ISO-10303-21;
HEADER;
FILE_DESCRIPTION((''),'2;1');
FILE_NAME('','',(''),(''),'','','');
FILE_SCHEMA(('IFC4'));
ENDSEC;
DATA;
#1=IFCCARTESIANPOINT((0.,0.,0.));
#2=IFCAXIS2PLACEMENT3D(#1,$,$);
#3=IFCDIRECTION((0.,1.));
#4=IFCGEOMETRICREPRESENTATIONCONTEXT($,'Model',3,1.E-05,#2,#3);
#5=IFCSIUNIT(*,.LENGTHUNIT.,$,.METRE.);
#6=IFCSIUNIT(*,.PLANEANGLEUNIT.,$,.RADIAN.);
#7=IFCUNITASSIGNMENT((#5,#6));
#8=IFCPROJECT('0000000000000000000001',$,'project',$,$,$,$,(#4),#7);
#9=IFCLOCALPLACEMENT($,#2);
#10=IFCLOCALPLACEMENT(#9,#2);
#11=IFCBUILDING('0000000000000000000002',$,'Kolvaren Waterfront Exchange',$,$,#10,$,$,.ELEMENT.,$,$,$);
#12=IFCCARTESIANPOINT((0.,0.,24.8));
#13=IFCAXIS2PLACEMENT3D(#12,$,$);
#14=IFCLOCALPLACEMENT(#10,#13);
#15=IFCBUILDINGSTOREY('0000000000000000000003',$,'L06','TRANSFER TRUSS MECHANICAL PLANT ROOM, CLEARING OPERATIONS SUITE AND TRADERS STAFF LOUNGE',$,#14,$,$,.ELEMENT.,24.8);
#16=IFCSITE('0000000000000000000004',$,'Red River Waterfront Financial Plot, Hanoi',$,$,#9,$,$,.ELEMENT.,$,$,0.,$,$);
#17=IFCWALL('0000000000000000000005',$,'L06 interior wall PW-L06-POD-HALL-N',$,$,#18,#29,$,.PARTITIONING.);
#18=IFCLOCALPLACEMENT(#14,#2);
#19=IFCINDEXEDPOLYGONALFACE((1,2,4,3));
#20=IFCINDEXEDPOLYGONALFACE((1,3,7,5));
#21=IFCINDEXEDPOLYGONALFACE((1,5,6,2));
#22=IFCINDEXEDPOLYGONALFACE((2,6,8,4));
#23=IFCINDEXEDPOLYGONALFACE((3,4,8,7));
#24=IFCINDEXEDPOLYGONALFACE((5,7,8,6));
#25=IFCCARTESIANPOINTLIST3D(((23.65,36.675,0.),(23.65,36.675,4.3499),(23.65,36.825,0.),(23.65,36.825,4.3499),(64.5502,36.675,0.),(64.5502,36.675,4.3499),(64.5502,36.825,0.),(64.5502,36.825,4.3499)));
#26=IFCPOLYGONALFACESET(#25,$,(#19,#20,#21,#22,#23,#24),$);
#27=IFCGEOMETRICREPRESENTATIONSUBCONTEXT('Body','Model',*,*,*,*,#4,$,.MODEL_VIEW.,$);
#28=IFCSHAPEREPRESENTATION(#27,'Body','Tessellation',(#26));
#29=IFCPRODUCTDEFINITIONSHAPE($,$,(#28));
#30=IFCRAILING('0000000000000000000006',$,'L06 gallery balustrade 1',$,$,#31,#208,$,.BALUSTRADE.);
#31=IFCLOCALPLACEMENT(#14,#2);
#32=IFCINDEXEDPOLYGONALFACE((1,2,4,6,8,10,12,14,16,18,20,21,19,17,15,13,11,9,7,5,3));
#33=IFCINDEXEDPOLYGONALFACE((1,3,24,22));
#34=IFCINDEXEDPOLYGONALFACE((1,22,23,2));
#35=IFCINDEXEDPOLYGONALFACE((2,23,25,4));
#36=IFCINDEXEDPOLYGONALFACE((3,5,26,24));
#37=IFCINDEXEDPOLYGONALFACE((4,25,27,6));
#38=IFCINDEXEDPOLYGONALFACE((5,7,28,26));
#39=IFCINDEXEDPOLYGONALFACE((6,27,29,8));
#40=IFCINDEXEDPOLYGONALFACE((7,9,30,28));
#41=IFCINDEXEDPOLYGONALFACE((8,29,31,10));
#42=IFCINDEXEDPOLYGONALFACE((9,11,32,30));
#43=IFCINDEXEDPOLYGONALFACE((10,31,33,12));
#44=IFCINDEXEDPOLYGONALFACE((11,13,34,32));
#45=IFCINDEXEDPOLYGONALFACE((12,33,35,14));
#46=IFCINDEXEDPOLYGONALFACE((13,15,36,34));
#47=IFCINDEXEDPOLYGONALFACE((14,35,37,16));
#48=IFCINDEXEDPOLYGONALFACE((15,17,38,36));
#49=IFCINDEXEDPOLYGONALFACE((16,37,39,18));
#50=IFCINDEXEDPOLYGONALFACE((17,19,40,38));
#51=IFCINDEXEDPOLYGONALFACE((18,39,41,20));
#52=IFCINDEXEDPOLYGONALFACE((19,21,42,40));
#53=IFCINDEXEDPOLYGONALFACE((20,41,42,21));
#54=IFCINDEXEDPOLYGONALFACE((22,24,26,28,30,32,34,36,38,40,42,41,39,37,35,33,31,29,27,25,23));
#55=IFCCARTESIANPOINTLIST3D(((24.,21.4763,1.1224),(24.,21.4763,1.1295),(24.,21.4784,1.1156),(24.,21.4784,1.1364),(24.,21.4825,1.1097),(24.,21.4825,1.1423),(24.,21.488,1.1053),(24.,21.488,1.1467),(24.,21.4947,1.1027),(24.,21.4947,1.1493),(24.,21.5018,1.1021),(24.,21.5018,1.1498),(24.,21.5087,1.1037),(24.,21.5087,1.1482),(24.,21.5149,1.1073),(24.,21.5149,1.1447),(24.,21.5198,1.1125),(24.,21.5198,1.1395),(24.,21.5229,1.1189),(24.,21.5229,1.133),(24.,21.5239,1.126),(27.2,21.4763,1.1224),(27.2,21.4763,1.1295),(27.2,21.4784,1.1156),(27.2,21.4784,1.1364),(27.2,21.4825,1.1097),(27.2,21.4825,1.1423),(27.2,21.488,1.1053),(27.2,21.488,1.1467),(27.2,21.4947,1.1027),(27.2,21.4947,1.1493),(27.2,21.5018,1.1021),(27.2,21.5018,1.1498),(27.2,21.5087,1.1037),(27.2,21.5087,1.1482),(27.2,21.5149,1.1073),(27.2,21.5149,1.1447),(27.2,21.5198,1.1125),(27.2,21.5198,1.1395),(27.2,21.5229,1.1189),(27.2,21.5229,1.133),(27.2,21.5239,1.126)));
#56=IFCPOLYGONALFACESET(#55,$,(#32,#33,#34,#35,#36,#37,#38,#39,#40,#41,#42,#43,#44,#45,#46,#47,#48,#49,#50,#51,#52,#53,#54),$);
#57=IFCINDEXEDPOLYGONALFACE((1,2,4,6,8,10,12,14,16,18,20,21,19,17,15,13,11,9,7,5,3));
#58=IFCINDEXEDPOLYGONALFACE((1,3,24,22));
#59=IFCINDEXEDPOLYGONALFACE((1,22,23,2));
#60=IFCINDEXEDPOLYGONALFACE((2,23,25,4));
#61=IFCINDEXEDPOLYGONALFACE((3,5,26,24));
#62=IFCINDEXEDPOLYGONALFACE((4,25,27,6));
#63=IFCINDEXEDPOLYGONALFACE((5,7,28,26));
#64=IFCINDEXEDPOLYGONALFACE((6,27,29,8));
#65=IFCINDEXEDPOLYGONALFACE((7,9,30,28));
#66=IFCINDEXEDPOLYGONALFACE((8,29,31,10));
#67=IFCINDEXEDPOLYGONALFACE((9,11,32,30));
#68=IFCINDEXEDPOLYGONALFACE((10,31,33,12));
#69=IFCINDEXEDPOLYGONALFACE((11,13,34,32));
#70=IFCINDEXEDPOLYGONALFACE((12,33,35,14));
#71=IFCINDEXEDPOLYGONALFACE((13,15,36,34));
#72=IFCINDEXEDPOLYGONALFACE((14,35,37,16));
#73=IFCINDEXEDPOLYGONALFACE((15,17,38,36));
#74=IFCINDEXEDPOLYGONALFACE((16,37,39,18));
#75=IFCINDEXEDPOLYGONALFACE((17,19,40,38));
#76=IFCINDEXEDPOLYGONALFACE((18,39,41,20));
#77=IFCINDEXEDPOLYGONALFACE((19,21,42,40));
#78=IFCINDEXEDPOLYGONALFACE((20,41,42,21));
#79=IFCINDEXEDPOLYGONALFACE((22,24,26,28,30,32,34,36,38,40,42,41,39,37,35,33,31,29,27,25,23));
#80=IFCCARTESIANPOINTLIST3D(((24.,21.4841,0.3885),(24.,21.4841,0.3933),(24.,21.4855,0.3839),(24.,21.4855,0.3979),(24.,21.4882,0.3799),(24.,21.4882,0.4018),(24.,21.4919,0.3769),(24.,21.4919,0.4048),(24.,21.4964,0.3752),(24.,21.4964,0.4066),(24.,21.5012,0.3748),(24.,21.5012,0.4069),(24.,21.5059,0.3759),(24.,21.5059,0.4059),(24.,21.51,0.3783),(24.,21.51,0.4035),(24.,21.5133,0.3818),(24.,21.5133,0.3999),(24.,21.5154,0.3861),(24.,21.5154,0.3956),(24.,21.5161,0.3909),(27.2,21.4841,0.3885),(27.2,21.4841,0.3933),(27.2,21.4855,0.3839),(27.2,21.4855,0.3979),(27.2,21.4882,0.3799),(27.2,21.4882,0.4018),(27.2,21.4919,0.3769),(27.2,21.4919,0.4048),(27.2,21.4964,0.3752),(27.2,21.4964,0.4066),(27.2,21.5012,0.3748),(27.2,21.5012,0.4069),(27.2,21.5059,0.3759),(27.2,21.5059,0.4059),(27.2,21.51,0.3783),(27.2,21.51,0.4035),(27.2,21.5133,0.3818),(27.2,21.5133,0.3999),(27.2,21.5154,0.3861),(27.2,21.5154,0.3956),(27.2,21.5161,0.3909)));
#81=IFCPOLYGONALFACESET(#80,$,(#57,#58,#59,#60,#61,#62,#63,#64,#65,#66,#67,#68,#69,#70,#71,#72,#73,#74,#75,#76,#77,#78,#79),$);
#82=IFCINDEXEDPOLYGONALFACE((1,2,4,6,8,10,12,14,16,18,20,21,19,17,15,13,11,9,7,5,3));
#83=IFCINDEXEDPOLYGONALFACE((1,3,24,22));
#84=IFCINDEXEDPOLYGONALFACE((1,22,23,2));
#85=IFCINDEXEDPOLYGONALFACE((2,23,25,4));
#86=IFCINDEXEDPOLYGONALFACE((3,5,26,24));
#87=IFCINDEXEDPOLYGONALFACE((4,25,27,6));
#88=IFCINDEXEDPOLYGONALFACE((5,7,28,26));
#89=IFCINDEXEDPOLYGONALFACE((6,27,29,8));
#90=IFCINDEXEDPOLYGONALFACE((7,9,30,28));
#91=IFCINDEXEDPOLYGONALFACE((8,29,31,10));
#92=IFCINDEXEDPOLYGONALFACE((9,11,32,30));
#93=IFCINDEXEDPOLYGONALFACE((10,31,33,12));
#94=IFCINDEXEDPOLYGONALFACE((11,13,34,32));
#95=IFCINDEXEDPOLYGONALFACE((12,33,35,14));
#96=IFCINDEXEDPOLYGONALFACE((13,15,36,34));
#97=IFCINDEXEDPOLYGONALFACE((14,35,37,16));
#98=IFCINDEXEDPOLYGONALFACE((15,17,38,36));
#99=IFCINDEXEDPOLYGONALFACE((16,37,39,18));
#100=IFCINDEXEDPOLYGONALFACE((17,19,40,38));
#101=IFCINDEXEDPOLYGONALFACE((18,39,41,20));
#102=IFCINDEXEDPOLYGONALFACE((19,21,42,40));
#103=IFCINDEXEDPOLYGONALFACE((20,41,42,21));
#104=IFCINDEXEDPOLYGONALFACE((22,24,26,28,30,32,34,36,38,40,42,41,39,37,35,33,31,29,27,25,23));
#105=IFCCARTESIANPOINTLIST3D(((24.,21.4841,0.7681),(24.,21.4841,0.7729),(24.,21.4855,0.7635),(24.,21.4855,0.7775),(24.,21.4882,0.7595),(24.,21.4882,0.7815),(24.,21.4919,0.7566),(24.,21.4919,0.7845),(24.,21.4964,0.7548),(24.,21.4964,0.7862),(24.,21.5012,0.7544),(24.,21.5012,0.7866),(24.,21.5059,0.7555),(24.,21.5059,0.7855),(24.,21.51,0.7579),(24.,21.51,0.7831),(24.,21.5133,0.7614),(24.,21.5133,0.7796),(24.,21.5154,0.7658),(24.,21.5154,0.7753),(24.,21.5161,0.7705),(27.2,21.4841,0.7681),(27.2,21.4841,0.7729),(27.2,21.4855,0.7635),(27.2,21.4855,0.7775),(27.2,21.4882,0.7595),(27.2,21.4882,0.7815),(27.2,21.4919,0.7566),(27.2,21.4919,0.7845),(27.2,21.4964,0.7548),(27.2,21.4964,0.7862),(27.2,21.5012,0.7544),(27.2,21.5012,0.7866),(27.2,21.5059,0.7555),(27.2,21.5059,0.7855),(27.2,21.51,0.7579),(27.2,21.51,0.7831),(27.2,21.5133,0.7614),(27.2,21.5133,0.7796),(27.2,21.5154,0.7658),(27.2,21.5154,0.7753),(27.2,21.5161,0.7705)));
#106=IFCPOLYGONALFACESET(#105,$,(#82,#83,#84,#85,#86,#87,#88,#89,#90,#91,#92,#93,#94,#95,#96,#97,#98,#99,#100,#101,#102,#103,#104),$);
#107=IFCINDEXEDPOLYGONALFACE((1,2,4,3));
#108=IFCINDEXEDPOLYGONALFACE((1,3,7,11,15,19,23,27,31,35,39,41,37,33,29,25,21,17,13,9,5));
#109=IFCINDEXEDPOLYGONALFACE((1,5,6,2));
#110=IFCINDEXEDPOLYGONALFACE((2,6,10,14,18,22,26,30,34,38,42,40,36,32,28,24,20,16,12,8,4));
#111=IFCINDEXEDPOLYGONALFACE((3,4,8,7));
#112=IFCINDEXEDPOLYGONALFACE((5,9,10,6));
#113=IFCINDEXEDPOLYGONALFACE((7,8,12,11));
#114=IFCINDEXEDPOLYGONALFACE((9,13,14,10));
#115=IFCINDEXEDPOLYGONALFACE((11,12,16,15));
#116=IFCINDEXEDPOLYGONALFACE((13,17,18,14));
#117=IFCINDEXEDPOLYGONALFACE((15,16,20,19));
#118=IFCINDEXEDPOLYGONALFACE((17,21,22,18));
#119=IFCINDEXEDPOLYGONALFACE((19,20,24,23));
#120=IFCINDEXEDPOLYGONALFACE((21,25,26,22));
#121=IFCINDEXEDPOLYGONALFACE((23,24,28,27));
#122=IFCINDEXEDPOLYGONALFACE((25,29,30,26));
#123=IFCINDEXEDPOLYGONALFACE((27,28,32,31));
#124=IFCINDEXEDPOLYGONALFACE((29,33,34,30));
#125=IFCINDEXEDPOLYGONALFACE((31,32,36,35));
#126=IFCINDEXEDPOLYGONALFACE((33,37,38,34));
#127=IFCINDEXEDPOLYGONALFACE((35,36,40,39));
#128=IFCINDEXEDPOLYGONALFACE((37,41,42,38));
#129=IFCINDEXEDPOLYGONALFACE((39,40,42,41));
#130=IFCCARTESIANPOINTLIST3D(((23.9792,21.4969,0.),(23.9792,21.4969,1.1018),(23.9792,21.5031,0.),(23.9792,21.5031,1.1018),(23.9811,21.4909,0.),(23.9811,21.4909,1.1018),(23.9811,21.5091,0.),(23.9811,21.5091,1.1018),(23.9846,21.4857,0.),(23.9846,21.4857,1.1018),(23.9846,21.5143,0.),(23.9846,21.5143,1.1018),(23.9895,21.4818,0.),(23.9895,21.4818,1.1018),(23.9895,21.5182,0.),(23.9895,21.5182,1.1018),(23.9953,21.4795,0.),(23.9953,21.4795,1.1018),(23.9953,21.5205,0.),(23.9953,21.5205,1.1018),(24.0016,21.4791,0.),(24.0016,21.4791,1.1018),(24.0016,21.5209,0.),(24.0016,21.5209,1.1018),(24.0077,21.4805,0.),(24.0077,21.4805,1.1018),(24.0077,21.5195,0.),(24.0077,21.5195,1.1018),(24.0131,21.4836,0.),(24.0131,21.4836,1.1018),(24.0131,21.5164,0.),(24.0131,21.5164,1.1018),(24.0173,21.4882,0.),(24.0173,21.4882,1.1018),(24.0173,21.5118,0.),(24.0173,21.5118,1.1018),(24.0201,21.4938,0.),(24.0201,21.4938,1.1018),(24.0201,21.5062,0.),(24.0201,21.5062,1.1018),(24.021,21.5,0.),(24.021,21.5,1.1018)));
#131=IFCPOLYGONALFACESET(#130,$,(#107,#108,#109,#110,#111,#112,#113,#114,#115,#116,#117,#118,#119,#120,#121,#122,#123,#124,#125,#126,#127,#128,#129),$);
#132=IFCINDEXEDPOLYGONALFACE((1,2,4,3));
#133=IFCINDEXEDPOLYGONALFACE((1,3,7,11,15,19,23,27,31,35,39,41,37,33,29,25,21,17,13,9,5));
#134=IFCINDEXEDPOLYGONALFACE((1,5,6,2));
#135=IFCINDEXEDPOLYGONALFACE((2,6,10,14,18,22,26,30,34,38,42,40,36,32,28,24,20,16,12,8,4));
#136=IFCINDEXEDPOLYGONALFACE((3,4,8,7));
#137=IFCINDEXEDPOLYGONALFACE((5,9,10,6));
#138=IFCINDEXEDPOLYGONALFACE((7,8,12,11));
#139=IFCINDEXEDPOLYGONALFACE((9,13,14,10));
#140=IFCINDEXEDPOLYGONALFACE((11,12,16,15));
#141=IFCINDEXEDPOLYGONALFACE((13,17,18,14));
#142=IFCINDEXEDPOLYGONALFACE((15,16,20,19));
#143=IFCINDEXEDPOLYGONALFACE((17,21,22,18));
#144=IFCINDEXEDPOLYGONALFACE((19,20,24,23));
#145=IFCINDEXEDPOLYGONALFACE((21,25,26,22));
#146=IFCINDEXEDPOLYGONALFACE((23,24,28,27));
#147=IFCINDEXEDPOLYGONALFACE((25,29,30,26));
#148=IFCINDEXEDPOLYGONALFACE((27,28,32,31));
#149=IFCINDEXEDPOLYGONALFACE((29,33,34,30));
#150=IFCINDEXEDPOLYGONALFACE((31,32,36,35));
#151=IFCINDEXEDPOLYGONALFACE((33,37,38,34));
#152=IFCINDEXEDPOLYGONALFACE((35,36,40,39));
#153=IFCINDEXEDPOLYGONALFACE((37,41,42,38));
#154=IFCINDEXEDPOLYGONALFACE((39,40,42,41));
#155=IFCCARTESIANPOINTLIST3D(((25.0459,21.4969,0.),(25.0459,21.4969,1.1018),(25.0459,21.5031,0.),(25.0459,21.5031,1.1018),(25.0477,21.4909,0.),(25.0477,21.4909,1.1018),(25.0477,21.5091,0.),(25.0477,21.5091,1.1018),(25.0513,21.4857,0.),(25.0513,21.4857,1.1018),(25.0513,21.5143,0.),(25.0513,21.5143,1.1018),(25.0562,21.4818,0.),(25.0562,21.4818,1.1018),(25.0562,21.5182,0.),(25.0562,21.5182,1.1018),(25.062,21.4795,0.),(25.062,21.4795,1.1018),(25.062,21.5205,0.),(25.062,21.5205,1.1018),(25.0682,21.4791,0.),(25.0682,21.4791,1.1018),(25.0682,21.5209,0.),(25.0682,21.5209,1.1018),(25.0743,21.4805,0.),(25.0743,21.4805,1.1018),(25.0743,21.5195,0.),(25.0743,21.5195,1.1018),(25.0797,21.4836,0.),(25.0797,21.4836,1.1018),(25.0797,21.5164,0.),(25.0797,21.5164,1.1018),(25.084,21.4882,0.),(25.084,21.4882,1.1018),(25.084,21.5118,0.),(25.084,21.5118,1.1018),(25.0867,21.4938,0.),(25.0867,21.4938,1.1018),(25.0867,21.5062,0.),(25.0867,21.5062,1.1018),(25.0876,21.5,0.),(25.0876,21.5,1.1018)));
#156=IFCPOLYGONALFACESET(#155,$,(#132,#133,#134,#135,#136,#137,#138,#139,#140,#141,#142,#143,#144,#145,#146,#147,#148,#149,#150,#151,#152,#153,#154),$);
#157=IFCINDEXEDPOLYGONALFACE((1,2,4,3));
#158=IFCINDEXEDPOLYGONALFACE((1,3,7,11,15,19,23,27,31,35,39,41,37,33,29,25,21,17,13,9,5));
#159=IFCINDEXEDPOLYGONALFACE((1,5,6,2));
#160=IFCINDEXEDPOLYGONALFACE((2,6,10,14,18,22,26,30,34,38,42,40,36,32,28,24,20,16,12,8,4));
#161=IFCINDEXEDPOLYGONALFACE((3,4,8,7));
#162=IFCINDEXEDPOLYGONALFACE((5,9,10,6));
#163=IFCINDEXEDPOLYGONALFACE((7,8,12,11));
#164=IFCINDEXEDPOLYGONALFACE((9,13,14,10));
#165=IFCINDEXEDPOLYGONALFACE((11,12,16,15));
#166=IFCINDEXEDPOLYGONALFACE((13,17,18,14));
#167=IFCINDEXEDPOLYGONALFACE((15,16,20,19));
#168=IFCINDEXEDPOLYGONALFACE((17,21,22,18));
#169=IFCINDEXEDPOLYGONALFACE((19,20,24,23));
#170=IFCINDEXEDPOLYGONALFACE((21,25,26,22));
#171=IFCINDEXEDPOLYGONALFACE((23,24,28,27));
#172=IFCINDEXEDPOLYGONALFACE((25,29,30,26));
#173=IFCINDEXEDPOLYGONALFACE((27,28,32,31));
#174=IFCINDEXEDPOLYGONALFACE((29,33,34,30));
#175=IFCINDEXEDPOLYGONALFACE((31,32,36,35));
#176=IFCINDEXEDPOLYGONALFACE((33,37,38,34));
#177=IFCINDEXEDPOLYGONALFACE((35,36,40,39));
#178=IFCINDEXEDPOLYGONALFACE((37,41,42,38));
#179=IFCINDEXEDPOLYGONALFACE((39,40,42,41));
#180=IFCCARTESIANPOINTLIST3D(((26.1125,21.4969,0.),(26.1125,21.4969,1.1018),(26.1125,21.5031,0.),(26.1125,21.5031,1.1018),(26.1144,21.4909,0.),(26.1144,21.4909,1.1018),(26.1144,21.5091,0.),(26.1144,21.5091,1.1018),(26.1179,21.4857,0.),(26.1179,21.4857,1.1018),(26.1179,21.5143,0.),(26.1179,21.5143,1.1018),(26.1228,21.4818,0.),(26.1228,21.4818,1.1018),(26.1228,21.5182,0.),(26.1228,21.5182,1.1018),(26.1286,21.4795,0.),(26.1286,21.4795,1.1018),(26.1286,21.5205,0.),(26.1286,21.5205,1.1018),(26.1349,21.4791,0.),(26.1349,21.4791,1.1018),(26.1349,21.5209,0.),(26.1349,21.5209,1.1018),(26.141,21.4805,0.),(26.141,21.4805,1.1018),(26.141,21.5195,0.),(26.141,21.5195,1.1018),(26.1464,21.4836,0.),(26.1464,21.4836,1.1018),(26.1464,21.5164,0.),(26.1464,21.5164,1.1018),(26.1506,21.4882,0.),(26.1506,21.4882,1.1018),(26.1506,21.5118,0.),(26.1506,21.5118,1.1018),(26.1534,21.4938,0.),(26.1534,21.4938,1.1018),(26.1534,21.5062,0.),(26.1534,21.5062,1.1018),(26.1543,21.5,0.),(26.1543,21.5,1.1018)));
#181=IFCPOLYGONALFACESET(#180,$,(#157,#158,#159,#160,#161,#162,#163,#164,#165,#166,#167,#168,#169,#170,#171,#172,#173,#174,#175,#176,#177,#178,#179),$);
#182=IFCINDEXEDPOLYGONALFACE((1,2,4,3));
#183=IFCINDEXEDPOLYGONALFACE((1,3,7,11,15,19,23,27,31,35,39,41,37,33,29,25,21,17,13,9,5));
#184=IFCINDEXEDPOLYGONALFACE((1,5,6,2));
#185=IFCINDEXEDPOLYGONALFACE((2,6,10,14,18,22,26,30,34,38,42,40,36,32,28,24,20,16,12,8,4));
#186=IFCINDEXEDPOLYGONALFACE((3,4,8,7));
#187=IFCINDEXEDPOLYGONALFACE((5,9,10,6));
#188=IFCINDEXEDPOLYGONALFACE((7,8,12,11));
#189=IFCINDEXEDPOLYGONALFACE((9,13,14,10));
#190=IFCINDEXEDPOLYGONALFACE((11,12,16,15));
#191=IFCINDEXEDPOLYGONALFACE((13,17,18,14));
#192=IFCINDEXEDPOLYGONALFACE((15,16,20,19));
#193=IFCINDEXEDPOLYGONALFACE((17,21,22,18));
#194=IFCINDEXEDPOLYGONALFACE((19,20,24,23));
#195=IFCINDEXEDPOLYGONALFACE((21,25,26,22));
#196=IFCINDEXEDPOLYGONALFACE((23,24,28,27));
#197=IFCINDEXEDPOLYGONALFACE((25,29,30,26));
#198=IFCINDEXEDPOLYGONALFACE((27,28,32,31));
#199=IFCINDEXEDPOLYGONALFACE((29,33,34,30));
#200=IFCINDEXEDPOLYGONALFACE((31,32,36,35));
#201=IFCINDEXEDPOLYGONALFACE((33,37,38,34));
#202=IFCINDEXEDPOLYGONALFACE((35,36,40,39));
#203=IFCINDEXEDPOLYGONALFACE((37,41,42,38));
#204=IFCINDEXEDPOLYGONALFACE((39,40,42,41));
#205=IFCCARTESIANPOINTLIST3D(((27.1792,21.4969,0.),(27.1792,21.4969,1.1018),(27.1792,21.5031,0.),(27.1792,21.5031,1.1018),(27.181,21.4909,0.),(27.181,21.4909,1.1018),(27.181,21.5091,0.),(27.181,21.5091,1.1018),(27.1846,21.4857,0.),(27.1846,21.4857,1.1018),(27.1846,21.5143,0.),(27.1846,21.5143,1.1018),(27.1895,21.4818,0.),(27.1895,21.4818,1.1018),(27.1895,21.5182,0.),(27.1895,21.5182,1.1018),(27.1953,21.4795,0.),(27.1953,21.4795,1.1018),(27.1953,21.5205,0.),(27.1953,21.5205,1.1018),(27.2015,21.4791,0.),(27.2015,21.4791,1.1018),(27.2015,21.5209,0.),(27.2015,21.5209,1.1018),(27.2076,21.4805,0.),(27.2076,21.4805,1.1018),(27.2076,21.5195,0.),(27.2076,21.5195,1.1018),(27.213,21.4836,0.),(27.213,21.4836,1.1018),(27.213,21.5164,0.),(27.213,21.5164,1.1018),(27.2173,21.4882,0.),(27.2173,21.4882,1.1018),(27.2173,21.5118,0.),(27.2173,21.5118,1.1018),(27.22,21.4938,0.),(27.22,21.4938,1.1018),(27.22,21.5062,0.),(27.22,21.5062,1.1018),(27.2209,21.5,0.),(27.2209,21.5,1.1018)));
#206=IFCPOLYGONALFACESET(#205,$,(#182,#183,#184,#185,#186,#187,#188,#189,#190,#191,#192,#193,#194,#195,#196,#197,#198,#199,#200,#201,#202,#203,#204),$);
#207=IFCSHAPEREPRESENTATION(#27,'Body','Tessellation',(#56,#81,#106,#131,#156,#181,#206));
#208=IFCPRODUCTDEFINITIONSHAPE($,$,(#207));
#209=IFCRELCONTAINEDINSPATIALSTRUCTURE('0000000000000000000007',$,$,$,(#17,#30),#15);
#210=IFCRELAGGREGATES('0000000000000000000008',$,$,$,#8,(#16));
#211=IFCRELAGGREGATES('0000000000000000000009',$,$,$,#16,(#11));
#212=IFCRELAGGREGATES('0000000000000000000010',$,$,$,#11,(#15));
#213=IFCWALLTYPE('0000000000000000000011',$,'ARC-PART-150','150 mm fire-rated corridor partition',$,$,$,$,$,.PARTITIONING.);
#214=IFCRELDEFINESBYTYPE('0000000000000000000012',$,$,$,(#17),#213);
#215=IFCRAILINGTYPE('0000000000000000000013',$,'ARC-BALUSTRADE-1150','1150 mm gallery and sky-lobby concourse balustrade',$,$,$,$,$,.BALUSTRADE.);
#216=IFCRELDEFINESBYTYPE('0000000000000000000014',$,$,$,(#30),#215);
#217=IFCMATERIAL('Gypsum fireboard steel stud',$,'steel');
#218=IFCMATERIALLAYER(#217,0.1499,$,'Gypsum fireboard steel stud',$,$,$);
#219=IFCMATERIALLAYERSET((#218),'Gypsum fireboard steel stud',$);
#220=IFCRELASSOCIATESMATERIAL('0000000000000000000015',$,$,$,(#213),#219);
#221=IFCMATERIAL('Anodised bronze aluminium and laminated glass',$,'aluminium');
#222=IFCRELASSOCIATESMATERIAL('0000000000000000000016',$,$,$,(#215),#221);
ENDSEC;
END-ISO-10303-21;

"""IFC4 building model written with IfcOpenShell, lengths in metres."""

from ifc_helpers import new_model, si_unit, direction, frame, frame_2d, origin, origin_2d, place, context, subcontext, project, spatial, rectangle, circle, extrude, material, layer, layer_set, type_object, element, save


model = new_model("IFC4")

# Units and contexts
model_context = context("Model", 3, precision=1e-05, world=origin(), true_north=direction((0.0, 1.0)))
body_context = subcontext(model_context, "Body", "Model", "MODEL_VIEW")
ifc_project = project(units=[si_unit("LENGTHUNIT", "METRE"), si_unit("PLANEANGLEUNIT", "RADIAN")], contexts=[model_context])

# Site, building, storey
site_placement = place(None, origin())
site = spatial("IfcSite", under=ifc_project, at=site_placement, Name="Red River Waterfront Financial Plot, Hanoi", CompositionType="ELEMENT", RefElevation=0.0)
building_placement = place(site_placement, origin())
building = spatial("IfcBuilding", under=site, at=building_placement, Name="Kolvaren Waterfront Exchange", CompositionType="ELEMENT")
storey_placement = place(building_placement, frame((0.0, 0.0, 24.8)))
storey = spatial("IfcBuildingStorey", under=building, at=storey_placement, Name="L06", Description="TRANSFER TRUSS MECHANICAL PLANT ROOM, CLEARING OPERATIONS SUITE AND TRADERS STAFF LOUNGE", CompositionType="ELEMENT", Elevation=24.8)

# Shared definitions
ifc_material_1 = material(Name="Gypsum fireboard steel stud", Category="steel")
ifc_layer_1 = layer(ifc_material_1, 0.1499, Name="Gypsum fireboard steel stud")
ifc_layer_set_1 = layer_set([ifc_layer_1], Name="Gypsum fireboard steel stud")
wall_type_1 = type_object("IfcWallType", Name="ARC-PART-150", Description="150 mm fire-rated corridor partition", PredefinedType="PARTITIONING", material=ifc_layer_set_1)

# Wall
wall_1_placement = place(storey_placement, frame((23.6499, 36.75, 0.0), z_axis=(0.0, 0.0, 1.0), x_axis=(1.0, 0.0, 0.0)))
element("IfcWall", 1, at=wall_1_placement, inside=storey, type_object=wall_type_1, Name="L06 interior wall PW-L06-POD-HALL-N", PredefinedType="PARTITIONING", context=body_context, shape_type="SweptSolid", body=[
    extrude(rectangle(XDim=40.9001, YDim=0.1499, at=frame_2d((20.4502, 0.0))), origin(), (0.0, 0.0, 1.0), 4.3499),
])

# Railing
ifc_material_2 = material(Name="Anodised bronze aluminium and laminated glass", Category="aluminium")
railing_type = type_object("IfcRailingType", Name="ARC-BALUSTRADE-1150", Description="1150 mm gallery and sky-lobby concourse balustrade", PredefinedType="BALUSTRADE", material=ifc_material_2)
for number, where, name in (
    (2, (24.0, 21.5, 0.0), "L06 gallery balustrade 1"),
):
    element("IfcRailing", number, at=place(storey_placement, frame(where)), inside=storey, type_object=railing_type, Name=name, PredefinedType="BALUSTRADE", context=body_context, shape_type="SweptSolid", body=[
        extrude(circle(Radius=0.0239, at=origin_2d()), frame((0.0, 0.0, 1.126), z_axis=(1.0, 0.0, 0.0), x_axis=(0.0, 1.0, 0.0)), (0.0, 0.0, 1.0), 3.2),
        extrude(circle(Radius=0.0161, at=origin_2d()), frame((0.0, 0.0, 0.3909), z_axis=(1.0, 0.0, 0.0), x_axis=(0.0, 1.0, 0.0)), (0.0, 0.0, 1.0), 3.2),
        extrude(circle(Radius=0.0161, at=origin_2d()), frame((0.0, 0.0, 0.7705), z_axis=(1.0, 0.0, 0.0), x_axis=(0.0, 1.0, 0.0)), (0.0, 0.0, 1.0), 3.2),
        extrude(circle(Radius=0.021, at=origin_2d()), origin(), (0.0, 0.0, 1.0), 1.1018),
        extrude(circle(Radius=0.021, at=origin_2d()), frame((1.0667, 0.0, 0.0)), (0.0, 0.0, 1.0), 1.1018),
        extrude(circle(Radius=0.021, at=origin_2d()), frame((2.1333, 0.0, 0.0)), (0.0, 0.0, 1.0), 1.1018),
        extrude(circle(Radius=0.021, at=origin_2d()), frame((3.2, 0.0, 0.0)), (0.0, 0.0, 1.0), 1.1018),
    ])

save(model, "model.ifc")
